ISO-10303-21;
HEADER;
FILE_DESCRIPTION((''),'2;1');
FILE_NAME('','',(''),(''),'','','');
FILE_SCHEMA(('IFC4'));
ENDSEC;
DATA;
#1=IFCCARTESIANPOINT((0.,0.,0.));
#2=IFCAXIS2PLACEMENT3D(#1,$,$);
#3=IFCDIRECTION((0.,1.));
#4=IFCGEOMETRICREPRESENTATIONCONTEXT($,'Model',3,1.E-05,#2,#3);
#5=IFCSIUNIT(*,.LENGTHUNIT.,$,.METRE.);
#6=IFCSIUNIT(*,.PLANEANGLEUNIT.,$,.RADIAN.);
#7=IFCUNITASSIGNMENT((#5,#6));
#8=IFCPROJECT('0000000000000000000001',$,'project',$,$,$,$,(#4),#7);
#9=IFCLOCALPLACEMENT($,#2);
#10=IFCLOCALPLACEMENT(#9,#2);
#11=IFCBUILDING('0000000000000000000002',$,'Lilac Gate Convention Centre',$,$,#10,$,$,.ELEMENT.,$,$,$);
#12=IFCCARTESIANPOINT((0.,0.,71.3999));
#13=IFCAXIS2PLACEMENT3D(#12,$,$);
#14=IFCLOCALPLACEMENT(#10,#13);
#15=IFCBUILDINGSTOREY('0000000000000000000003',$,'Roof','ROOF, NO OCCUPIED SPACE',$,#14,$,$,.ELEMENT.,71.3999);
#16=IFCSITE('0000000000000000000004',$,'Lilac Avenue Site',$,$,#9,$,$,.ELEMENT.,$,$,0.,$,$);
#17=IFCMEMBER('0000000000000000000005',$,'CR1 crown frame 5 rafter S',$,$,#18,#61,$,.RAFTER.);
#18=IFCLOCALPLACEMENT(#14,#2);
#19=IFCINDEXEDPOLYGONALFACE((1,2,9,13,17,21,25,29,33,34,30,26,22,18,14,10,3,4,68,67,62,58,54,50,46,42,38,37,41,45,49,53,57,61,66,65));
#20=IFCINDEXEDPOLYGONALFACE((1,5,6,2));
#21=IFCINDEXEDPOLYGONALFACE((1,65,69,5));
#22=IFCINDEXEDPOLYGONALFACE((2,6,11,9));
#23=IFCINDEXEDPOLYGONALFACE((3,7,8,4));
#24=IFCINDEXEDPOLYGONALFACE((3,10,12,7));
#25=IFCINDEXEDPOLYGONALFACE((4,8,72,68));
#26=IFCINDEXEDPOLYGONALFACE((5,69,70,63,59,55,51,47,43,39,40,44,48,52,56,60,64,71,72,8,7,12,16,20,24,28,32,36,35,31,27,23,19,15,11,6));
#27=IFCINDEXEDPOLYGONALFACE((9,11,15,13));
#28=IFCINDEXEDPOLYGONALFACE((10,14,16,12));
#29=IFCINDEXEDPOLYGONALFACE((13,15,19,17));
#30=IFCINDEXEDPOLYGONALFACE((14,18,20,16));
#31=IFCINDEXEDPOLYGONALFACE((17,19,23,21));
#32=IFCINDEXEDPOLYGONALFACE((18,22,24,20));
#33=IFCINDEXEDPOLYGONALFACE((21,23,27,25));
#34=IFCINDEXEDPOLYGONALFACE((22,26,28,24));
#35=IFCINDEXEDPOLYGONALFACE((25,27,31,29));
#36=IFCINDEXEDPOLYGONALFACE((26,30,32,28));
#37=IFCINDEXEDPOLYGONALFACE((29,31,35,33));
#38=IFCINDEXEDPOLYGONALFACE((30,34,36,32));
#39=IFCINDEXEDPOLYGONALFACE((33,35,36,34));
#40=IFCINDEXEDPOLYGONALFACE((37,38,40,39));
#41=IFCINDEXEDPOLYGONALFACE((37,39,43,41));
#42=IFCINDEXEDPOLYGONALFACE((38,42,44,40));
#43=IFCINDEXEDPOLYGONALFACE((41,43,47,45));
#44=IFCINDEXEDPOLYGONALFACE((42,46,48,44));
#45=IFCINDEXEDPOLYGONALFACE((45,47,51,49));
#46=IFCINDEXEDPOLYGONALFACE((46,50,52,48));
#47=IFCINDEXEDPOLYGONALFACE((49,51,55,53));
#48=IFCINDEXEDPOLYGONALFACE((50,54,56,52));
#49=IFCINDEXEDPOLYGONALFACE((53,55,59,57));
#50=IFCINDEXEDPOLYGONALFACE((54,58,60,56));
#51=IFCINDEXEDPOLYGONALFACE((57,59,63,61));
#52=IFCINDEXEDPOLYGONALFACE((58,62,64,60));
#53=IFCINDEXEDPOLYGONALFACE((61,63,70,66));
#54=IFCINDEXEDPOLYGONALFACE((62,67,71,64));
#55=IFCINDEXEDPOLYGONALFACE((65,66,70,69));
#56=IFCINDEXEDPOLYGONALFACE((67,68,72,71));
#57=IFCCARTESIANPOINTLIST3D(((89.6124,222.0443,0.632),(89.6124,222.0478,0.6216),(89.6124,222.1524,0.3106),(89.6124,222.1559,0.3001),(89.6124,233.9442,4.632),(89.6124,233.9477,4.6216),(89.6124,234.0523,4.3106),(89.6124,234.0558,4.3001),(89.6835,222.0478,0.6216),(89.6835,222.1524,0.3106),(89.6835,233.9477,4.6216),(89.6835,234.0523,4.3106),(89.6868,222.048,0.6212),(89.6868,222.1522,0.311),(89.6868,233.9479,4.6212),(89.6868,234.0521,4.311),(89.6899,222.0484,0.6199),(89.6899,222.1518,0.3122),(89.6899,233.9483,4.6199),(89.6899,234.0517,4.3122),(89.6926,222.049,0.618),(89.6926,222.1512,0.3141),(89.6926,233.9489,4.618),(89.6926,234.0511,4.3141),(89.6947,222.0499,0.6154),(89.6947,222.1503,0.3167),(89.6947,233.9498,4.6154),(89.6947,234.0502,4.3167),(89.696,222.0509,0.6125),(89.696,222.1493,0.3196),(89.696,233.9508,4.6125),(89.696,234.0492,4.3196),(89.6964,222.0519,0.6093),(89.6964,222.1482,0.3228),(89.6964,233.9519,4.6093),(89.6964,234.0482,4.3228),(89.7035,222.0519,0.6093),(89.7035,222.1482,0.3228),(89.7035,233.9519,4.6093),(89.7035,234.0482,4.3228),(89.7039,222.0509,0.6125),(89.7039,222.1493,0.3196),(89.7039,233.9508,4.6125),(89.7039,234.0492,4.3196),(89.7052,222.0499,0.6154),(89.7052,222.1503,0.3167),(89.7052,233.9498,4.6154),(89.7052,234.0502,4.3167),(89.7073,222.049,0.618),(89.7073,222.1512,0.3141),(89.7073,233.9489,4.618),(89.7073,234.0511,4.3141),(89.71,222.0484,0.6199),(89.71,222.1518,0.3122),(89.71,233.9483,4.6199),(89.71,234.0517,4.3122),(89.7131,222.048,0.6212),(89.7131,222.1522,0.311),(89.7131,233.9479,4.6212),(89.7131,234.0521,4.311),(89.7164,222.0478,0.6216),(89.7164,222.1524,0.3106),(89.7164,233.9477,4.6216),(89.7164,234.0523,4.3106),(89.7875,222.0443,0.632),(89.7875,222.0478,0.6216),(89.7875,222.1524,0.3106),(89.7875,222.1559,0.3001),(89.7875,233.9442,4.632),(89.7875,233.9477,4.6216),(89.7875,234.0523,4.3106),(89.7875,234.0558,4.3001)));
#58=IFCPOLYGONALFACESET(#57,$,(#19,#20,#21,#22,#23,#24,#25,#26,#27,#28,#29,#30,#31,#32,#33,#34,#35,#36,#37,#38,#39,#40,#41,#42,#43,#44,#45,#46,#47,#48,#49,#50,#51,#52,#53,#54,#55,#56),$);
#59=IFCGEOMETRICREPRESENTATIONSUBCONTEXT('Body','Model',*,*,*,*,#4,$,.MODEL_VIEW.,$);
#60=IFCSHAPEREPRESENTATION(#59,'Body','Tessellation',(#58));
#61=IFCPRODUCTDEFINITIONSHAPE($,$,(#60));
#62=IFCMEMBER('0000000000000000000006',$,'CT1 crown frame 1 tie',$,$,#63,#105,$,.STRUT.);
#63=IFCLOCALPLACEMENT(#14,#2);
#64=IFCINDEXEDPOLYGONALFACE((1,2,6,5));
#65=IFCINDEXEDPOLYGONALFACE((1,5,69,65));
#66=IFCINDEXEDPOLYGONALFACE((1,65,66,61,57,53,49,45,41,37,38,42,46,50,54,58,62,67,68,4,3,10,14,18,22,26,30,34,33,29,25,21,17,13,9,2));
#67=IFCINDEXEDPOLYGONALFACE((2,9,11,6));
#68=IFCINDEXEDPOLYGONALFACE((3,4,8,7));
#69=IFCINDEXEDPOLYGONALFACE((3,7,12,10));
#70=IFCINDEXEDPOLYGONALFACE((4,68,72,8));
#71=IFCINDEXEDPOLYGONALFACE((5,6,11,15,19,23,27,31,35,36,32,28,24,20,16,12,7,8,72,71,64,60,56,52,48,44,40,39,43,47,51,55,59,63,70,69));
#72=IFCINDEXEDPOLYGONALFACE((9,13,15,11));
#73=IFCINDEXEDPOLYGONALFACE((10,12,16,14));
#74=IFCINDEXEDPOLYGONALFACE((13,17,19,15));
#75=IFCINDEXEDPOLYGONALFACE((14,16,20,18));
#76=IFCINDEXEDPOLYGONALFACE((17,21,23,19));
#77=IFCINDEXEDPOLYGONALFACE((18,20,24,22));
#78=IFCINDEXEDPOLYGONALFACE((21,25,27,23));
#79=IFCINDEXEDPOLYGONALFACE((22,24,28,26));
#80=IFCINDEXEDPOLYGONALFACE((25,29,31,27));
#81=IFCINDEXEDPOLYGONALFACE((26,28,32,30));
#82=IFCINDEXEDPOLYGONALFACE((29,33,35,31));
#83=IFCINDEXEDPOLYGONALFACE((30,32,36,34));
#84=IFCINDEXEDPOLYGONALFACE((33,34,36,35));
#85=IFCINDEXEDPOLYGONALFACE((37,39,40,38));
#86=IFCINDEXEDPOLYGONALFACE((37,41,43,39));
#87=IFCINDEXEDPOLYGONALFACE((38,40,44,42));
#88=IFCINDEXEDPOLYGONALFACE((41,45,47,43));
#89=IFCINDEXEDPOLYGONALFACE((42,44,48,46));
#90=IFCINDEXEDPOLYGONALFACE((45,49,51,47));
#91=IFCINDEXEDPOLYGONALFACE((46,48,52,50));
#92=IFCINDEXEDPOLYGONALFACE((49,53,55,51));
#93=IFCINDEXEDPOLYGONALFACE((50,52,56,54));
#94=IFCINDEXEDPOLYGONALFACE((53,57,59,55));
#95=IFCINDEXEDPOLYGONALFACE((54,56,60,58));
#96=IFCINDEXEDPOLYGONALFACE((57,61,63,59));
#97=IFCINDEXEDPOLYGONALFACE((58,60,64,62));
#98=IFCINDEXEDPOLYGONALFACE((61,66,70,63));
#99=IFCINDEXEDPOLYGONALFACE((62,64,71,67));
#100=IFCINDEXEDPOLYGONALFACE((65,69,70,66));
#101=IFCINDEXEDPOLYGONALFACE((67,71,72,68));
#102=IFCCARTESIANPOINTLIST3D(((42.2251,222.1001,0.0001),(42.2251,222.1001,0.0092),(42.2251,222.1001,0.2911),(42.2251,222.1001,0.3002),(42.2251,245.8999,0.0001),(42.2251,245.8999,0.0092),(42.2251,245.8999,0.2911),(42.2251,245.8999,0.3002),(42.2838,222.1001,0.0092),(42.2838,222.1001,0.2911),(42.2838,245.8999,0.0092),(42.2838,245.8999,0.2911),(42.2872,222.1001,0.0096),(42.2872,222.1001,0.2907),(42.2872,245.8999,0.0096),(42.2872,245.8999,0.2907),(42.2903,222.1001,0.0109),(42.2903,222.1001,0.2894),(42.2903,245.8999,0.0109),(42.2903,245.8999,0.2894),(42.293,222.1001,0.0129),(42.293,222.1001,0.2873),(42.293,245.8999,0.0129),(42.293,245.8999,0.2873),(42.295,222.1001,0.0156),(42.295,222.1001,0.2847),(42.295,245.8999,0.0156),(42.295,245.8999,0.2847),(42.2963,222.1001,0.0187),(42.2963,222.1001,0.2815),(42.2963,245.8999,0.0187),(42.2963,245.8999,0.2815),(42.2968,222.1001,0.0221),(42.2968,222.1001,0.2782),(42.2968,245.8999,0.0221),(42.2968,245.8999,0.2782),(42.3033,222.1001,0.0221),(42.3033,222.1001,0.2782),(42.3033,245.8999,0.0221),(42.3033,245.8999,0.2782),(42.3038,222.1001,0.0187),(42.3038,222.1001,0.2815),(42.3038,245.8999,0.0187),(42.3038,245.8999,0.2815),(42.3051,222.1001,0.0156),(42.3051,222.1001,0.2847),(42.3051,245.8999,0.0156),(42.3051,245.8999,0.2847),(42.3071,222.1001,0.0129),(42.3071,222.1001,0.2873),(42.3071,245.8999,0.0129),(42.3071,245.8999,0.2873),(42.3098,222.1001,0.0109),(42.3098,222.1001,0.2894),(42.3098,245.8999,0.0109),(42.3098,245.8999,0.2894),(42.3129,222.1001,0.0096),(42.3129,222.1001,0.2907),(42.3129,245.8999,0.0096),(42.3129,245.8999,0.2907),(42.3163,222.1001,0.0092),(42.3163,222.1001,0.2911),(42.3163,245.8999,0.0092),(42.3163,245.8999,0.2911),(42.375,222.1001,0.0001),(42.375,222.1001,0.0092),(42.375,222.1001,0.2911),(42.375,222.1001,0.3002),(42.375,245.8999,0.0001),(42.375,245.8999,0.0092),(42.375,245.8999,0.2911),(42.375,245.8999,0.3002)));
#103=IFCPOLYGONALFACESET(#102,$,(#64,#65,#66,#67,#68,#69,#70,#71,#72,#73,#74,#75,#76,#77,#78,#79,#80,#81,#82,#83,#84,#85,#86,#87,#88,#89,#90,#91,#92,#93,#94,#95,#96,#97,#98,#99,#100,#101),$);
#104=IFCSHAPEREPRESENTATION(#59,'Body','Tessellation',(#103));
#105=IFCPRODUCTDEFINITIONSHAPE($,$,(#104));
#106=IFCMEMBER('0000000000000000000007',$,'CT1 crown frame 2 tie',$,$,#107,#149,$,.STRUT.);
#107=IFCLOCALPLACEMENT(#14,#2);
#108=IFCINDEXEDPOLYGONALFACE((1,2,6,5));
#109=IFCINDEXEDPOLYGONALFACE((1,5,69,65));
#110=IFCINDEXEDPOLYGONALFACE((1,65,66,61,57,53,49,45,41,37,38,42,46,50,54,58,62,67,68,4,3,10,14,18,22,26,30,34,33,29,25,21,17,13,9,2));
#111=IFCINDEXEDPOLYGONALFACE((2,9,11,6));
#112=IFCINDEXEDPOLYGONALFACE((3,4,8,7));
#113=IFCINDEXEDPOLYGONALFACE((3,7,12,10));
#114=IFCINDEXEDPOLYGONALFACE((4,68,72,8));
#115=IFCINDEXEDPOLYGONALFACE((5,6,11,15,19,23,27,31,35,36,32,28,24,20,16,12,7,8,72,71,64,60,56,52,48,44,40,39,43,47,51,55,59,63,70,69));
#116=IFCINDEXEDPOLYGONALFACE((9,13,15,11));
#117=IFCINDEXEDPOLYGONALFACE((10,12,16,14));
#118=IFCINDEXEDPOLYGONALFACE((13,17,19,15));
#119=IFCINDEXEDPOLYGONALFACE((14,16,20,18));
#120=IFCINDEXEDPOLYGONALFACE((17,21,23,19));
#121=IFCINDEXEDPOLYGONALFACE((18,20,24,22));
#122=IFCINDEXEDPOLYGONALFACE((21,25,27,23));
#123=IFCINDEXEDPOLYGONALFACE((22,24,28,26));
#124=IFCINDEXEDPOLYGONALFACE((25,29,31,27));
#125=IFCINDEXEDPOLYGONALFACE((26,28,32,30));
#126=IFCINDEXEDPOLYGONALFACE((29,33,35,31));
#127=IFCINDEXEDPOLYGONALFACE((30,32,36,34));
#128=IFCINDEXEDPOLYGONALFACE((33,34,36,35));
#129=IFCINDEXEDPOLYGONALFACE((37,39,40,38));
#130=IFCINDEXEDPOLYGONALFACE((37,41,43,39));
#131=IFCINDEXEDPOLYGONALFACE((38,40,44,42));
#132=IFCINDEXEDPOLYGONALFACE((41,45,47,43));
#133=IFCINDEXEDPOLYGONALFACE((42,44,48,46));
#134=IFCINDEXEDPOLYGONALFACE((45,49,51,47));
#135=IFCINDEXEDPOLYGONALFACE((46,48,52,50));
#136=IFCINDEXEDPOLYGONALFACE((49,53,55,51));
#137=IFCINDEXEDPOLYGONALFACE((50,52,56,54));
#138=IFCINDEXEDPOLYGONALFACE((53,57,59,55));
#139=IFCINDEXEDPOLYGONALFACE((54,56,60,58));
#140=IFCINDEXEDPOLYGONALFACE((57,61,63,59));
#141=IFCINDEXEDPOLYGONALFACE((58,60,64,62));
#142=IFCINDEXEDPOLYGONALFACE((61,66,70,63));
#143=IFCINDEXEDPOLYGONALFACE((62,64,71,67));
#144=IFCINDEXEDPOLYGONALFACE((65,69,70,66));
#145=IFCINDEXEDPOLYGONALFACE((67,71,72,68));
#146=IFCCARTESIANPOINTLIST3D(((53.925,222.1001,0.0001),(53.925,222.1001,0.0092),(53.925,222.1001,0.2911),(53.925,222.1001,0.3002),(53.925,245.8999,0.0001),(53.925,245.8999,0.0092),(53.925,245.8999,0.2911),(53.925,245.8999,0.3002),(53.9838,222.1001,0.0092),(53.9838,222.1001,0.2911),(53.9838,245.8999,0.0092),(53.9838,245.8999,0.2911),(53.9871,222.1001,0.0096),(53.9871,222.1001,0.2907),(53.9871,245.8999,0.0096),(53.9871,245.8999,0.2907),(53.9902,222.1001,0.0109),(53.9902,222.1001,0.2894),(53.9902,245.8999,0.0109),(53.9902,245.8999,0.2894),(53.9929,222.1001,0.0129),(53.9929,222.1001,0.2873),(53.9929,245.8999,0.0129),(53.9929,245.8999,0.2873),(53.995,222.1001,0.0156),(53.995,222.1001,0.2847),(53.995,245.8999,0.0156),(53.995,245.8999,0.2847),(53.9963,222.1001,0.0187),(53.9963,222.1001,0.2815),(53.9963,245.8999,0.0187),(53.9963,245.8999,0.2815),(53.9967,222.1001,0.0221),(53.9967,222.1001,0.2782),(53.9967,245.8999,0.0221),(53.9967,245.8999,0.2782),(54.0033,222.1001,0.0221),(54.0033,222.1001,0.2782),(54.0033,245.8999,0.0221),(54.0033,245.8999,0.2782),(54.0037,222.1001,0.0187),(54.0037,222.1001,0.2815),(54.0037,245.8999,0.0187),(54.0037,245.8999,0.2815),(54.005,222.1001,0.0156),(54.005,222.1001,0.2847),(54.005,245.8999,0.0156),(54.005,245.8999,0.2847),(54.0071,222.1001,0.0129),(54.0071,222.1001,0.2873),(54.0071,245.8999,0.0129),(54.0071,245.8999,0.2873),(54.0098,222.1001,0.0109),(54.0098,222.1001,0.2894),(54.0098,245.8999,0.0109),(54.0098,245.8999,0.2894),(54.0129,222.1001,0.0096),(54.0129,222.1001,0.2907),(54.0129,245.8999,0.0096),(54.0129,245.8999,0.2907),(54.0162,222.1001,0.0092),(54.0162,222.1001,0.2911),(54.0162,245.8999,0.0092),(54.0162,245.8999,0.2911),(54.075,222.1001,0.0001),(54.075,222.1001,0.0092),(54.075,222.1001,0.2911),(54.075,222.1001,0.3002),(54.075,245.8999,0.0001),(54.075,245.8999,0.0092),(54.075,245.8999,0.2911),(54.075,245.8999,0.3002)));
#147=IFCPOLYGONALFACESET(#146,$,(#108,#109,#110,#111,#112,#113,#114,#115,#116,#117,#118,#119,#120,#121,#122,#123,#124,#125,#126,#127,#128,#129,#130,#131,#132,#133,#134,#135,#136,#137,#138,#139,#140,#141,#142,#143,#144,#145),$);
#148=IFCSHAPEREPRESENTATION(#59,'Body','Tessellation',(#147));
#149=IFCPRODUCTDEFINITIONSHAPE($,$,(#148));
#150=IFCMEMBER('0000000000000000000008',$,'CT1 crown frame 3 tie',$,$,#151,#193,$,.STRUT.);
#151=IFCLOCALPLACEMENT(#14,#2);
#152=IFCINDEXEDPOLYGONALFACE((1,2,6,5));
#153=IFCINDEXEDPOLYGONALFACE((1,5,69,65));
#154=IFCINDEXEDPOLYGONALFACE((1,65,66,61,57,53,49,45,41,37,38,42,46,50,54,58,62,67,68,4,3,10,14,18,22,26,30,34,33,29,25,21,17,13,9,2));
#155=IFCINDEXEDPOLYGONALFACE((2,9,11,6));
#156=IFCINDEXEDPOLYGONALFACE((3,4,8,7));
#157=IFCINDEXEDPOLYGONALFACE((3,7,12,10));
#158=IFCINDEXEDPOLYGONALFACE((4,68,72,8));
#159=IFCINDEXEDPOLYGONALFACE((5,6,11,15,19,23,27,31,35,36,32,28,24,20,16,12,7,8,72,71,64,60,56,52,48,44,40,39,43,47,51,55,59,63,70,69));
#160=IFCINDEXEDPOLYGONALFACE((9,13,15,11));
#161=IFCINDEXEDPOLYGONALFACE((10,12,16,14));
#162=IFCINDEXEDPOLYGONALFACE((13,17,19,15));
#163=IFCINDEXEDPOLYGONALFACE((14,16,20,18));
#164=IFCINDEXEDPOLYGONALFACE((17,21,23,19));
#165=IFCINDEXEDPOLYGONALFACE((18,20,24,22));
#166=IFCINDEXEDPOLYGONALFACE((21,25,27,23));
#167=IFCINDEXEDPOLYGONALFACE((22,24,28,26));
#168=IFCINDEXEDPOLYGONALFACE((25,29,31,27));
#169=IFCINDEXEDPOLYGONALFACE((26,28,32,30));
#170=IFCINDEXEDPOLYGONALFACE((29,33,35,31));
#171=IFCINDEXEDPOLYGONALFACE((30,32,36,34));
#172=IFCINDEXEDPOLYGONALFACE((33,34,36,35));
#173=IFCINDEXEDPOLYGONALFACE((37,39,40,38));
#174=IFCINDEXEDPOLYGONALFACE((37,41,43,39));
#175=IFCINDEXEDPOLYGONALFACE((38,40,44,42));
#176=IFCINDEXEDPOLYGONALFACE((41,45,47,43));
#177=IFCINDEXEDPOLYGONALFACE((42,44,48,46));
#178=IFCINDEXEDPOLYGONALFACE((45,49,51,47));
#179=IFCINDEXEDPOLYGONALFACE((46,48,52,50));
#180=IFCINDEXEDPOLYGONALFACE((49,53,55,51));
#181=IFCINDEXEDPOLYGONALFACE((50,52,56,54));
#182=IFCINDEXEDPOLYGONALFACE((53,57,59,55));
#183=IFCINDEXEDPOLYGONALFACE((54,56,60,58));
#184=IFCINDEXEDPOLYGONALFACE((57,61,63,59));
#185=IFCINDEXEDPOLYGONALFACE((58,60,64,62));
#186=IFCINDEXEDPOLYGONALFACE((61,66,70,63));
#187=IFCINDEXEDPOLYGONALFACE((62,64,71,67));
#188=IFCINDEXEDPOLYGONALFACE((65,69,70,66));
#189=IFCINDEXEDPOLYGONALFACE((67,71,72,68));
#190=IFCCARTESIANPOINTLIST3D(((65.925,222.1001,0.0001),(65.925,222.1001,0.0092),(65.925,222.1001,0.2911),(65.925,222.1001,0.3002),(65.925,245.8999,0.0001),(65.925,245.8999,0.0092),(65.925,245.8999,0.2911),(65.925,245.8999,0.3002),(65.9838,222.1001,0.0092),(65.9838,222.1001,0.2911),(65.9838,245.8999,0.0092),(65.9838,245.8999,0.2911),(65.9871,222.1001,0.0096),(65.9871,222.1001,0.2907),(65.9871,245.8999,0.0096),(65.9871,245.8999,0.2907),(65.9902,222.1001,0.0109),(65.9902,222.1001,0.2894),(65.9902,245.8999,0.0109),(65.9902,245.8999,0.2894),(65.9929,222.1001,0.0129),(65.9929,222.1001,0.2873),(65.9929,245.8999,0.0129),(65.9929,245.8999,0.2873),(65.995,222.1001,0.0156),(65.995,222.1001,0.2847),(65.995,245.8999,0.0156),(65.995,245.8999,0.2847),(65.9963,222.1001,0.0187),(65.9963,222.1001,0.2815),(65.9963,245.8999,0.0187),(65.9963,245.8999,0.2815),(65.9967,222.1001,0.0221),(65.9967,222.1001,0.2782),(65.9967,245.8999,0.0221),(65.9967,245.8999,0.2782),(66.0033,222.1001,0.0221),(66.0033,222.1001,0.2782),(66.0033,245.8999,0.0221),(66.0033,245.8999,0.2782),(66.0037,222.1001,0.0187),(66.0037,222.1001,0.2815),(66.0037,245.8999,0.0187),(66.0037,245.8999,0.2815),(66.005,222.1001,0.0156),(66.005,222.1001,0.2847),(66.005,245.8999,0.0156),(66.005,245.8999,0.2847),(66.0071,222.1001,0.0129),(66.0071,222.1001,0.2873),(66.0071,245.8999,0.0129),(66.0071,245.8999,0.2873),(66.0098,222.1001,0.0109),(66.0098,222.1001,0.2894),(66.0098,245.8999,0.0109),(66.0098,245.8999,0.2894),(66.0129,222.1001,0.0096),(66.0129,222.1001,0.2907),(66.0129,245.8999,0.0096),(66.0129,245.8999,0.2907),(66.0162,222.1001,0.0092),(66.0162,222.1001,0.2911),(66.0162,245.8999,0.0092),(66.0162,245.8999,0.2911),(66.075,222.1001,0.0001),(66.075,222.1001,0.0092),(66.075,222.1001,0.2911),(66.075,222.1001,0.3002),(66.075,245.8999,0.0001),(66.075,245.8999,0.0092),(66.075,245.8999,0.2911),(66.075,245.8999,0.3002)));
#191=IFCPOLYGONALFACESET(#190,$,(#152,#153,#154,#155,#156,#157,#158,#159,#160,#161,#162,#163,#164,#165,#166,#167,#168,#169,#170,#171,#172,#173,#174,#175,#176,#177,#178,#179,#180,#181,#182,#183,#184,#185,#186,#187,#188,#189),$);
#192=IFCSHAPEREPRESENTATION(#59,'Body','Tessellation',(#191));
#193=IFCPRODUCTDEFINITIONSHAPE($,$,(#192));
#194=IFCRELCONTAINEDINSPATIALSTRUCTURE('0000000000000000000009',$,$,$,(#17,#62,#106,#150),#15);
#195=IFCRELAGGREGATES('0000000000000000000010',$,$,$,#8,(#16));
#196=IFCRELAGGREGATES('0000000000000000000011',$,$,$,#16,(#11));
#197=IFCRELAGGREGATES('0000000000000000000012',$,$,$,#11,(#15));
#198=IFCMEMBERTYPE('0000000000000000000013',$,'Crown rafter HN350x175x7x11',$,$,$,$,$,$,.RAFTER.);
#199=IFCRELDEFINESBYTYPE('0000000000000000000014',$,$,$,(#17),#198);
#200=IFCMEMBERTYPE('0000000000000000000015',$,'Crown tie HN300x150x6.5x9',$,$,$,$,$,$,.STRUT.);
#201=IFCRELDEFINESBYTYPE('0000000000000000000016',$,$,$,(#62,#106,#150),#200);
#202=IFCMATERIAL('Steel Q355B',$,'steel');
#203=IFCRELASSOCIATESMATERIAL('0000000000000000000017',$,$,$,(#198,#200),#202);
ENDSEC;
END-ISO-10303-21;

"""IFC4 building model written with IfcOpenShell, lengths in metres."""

from ifc_helpers import new_model, si_unit, direction, frame, origin, origin_2d, place, context, subcontext, project, spatial, i_section, extrude, material, material_profile, profile_set, type_object, element, save


model = new_model("IFC4")

# Units and contexts
model_context = context("Model", 3, precision=1e-05, world=origin(), true_north=direction((0.0, 1.0)))
body_context = subcontext(model_context, "Body", "Model", "MODEL_VIEW")
ifc_project = project(units=[si_unit("LENGTHUNIT", "METRE"), si_unit("PLANEANGLEUNIT", "RADIAN")], contexts=[model_context])

# Site, building, storey
site_placement = place(None, origin())
site = spatial("IfcSite", under=ifc_project, at=site_placement, Name="Lilac Avenue Site", CompositionType="ELEMENT", RefElevation=0.0)
building_placement = place(site_placement, origin())
building = spatial("IfcBuilding", under=site, at=building_placement, Name="Lilac Gate Convention Centre", CompositionType="ELEMENT")
storey_placement = place(building_placement, frame((0.0, 0.0, 71.3999)))
storey = spatial("IfcBuildingStorey", under=building, at=storey_placement, Name="Roof", Description="ROOF, NO OCCUPIED SPACE", CompositionType="ELEMENT", Elevation=71.3999)

# Members
ifc_material_1 = material(Name="Steel Q355B", Category="steel")
ifc_material_profile_1 = material_profile(ifc_material_1, i_section(OverallWidth=0.175, OverallDepth=0.3501, WebThickness=0.0071, FlangeThickness=0.011, FilletRadius=0.0129, at=origin_2d()), Name="HN350x175x7x11")
ifc_profile_set_1 = profile_set([ifc_material_profile_1], Name="Steel Q355B")
member_type_1 = type_object("IfcMemberType", Name="Crown rafter HN350x175x7x11", PredefinedType="RAFTER", material=ifc_profile_set_1)
for number, where, z_axis, x_axis, name in (
    (1, (89.7, 222.1001, 0.4661), (0.0, 0.947883, 0.318619), (-1.0, 0.0, 0.0), "CR1 crown frame 5 rafter S"),
):
    element("IfcMember", number, at=place(storey_placement, frame(where, z_axis=z_axis, x_axis=x_axis)), inside=storey, type_object=member_type_1, Name=name, PredefinedType="RAFTER", context=body_context, shape_type="SweptSolid", body=[
        extrude(i_section(OverallWidth=0.175, OverallDepth=0.3501, WebThickness=0.0071, FlangeThickness=0.011, FilletRadius=0.0129, at=origin_2d()), origin(), (0.0, 0.0, 1.0), 12.5542),
    ])
ifc_material_profile_2 = material_profile(ifc_material_1, i_section(OverallWidth=0.1499, OverallDepth=0.3, WebThickness=0.0066, FlangeThickness=0.009, FilletRadius=0.0129, at=origin_2d()), Name="HN300x150x6.5x9")
ifc_profile_set_2 = profile_set([ifc_material_profile_2], Name="Steel Q355B")
member_type_2 = type_object("IfcMemberType", Name="Crown tie HN300x150x6.5x9", PredefinedType="STRUT", material=ifc_profile_set_2)
for number, where, z_axis, x_axis, name in (
    (2, (42.3, 222.1001, 0.1501), (0.0, 1.0, 0.0), (-1.0, 0.0, 0.0), "CT1 crown frame 1 tie"),
    (3, (54.0, 222.1001, 0.1501), (0.0, 1.0, 0.0), (-1.0, 0.0, 0.0), "CT1 crown frame 2 tie"),
    (4, (66.0, 222.1001, 0.1501), (0.0, 1.0, 0.0), (-1.0, 0.0, 0.0), "CT1 crown frame 3 tie"),
):
    element("IfcMember", number, at=place(storey_placement, frame(where, z_axis=z_axis, x_axis=x_axis)), inside=storey, type_object=member_type_2, Name=name, PredefinedType="STRUT", context=body_context, shape_type="SweptSolid", body=[
        extrude(i_section(OverallWidth=0.1499, OverallDepth=0.3, WebThickness=0.0066, FlangeThickness=0.009, FilletRadius=0.0129, at=origin_2d()), origin(), (0.0, 0.0, 1.0), 23.7998),
    ])

save(model, "model.ifc")
